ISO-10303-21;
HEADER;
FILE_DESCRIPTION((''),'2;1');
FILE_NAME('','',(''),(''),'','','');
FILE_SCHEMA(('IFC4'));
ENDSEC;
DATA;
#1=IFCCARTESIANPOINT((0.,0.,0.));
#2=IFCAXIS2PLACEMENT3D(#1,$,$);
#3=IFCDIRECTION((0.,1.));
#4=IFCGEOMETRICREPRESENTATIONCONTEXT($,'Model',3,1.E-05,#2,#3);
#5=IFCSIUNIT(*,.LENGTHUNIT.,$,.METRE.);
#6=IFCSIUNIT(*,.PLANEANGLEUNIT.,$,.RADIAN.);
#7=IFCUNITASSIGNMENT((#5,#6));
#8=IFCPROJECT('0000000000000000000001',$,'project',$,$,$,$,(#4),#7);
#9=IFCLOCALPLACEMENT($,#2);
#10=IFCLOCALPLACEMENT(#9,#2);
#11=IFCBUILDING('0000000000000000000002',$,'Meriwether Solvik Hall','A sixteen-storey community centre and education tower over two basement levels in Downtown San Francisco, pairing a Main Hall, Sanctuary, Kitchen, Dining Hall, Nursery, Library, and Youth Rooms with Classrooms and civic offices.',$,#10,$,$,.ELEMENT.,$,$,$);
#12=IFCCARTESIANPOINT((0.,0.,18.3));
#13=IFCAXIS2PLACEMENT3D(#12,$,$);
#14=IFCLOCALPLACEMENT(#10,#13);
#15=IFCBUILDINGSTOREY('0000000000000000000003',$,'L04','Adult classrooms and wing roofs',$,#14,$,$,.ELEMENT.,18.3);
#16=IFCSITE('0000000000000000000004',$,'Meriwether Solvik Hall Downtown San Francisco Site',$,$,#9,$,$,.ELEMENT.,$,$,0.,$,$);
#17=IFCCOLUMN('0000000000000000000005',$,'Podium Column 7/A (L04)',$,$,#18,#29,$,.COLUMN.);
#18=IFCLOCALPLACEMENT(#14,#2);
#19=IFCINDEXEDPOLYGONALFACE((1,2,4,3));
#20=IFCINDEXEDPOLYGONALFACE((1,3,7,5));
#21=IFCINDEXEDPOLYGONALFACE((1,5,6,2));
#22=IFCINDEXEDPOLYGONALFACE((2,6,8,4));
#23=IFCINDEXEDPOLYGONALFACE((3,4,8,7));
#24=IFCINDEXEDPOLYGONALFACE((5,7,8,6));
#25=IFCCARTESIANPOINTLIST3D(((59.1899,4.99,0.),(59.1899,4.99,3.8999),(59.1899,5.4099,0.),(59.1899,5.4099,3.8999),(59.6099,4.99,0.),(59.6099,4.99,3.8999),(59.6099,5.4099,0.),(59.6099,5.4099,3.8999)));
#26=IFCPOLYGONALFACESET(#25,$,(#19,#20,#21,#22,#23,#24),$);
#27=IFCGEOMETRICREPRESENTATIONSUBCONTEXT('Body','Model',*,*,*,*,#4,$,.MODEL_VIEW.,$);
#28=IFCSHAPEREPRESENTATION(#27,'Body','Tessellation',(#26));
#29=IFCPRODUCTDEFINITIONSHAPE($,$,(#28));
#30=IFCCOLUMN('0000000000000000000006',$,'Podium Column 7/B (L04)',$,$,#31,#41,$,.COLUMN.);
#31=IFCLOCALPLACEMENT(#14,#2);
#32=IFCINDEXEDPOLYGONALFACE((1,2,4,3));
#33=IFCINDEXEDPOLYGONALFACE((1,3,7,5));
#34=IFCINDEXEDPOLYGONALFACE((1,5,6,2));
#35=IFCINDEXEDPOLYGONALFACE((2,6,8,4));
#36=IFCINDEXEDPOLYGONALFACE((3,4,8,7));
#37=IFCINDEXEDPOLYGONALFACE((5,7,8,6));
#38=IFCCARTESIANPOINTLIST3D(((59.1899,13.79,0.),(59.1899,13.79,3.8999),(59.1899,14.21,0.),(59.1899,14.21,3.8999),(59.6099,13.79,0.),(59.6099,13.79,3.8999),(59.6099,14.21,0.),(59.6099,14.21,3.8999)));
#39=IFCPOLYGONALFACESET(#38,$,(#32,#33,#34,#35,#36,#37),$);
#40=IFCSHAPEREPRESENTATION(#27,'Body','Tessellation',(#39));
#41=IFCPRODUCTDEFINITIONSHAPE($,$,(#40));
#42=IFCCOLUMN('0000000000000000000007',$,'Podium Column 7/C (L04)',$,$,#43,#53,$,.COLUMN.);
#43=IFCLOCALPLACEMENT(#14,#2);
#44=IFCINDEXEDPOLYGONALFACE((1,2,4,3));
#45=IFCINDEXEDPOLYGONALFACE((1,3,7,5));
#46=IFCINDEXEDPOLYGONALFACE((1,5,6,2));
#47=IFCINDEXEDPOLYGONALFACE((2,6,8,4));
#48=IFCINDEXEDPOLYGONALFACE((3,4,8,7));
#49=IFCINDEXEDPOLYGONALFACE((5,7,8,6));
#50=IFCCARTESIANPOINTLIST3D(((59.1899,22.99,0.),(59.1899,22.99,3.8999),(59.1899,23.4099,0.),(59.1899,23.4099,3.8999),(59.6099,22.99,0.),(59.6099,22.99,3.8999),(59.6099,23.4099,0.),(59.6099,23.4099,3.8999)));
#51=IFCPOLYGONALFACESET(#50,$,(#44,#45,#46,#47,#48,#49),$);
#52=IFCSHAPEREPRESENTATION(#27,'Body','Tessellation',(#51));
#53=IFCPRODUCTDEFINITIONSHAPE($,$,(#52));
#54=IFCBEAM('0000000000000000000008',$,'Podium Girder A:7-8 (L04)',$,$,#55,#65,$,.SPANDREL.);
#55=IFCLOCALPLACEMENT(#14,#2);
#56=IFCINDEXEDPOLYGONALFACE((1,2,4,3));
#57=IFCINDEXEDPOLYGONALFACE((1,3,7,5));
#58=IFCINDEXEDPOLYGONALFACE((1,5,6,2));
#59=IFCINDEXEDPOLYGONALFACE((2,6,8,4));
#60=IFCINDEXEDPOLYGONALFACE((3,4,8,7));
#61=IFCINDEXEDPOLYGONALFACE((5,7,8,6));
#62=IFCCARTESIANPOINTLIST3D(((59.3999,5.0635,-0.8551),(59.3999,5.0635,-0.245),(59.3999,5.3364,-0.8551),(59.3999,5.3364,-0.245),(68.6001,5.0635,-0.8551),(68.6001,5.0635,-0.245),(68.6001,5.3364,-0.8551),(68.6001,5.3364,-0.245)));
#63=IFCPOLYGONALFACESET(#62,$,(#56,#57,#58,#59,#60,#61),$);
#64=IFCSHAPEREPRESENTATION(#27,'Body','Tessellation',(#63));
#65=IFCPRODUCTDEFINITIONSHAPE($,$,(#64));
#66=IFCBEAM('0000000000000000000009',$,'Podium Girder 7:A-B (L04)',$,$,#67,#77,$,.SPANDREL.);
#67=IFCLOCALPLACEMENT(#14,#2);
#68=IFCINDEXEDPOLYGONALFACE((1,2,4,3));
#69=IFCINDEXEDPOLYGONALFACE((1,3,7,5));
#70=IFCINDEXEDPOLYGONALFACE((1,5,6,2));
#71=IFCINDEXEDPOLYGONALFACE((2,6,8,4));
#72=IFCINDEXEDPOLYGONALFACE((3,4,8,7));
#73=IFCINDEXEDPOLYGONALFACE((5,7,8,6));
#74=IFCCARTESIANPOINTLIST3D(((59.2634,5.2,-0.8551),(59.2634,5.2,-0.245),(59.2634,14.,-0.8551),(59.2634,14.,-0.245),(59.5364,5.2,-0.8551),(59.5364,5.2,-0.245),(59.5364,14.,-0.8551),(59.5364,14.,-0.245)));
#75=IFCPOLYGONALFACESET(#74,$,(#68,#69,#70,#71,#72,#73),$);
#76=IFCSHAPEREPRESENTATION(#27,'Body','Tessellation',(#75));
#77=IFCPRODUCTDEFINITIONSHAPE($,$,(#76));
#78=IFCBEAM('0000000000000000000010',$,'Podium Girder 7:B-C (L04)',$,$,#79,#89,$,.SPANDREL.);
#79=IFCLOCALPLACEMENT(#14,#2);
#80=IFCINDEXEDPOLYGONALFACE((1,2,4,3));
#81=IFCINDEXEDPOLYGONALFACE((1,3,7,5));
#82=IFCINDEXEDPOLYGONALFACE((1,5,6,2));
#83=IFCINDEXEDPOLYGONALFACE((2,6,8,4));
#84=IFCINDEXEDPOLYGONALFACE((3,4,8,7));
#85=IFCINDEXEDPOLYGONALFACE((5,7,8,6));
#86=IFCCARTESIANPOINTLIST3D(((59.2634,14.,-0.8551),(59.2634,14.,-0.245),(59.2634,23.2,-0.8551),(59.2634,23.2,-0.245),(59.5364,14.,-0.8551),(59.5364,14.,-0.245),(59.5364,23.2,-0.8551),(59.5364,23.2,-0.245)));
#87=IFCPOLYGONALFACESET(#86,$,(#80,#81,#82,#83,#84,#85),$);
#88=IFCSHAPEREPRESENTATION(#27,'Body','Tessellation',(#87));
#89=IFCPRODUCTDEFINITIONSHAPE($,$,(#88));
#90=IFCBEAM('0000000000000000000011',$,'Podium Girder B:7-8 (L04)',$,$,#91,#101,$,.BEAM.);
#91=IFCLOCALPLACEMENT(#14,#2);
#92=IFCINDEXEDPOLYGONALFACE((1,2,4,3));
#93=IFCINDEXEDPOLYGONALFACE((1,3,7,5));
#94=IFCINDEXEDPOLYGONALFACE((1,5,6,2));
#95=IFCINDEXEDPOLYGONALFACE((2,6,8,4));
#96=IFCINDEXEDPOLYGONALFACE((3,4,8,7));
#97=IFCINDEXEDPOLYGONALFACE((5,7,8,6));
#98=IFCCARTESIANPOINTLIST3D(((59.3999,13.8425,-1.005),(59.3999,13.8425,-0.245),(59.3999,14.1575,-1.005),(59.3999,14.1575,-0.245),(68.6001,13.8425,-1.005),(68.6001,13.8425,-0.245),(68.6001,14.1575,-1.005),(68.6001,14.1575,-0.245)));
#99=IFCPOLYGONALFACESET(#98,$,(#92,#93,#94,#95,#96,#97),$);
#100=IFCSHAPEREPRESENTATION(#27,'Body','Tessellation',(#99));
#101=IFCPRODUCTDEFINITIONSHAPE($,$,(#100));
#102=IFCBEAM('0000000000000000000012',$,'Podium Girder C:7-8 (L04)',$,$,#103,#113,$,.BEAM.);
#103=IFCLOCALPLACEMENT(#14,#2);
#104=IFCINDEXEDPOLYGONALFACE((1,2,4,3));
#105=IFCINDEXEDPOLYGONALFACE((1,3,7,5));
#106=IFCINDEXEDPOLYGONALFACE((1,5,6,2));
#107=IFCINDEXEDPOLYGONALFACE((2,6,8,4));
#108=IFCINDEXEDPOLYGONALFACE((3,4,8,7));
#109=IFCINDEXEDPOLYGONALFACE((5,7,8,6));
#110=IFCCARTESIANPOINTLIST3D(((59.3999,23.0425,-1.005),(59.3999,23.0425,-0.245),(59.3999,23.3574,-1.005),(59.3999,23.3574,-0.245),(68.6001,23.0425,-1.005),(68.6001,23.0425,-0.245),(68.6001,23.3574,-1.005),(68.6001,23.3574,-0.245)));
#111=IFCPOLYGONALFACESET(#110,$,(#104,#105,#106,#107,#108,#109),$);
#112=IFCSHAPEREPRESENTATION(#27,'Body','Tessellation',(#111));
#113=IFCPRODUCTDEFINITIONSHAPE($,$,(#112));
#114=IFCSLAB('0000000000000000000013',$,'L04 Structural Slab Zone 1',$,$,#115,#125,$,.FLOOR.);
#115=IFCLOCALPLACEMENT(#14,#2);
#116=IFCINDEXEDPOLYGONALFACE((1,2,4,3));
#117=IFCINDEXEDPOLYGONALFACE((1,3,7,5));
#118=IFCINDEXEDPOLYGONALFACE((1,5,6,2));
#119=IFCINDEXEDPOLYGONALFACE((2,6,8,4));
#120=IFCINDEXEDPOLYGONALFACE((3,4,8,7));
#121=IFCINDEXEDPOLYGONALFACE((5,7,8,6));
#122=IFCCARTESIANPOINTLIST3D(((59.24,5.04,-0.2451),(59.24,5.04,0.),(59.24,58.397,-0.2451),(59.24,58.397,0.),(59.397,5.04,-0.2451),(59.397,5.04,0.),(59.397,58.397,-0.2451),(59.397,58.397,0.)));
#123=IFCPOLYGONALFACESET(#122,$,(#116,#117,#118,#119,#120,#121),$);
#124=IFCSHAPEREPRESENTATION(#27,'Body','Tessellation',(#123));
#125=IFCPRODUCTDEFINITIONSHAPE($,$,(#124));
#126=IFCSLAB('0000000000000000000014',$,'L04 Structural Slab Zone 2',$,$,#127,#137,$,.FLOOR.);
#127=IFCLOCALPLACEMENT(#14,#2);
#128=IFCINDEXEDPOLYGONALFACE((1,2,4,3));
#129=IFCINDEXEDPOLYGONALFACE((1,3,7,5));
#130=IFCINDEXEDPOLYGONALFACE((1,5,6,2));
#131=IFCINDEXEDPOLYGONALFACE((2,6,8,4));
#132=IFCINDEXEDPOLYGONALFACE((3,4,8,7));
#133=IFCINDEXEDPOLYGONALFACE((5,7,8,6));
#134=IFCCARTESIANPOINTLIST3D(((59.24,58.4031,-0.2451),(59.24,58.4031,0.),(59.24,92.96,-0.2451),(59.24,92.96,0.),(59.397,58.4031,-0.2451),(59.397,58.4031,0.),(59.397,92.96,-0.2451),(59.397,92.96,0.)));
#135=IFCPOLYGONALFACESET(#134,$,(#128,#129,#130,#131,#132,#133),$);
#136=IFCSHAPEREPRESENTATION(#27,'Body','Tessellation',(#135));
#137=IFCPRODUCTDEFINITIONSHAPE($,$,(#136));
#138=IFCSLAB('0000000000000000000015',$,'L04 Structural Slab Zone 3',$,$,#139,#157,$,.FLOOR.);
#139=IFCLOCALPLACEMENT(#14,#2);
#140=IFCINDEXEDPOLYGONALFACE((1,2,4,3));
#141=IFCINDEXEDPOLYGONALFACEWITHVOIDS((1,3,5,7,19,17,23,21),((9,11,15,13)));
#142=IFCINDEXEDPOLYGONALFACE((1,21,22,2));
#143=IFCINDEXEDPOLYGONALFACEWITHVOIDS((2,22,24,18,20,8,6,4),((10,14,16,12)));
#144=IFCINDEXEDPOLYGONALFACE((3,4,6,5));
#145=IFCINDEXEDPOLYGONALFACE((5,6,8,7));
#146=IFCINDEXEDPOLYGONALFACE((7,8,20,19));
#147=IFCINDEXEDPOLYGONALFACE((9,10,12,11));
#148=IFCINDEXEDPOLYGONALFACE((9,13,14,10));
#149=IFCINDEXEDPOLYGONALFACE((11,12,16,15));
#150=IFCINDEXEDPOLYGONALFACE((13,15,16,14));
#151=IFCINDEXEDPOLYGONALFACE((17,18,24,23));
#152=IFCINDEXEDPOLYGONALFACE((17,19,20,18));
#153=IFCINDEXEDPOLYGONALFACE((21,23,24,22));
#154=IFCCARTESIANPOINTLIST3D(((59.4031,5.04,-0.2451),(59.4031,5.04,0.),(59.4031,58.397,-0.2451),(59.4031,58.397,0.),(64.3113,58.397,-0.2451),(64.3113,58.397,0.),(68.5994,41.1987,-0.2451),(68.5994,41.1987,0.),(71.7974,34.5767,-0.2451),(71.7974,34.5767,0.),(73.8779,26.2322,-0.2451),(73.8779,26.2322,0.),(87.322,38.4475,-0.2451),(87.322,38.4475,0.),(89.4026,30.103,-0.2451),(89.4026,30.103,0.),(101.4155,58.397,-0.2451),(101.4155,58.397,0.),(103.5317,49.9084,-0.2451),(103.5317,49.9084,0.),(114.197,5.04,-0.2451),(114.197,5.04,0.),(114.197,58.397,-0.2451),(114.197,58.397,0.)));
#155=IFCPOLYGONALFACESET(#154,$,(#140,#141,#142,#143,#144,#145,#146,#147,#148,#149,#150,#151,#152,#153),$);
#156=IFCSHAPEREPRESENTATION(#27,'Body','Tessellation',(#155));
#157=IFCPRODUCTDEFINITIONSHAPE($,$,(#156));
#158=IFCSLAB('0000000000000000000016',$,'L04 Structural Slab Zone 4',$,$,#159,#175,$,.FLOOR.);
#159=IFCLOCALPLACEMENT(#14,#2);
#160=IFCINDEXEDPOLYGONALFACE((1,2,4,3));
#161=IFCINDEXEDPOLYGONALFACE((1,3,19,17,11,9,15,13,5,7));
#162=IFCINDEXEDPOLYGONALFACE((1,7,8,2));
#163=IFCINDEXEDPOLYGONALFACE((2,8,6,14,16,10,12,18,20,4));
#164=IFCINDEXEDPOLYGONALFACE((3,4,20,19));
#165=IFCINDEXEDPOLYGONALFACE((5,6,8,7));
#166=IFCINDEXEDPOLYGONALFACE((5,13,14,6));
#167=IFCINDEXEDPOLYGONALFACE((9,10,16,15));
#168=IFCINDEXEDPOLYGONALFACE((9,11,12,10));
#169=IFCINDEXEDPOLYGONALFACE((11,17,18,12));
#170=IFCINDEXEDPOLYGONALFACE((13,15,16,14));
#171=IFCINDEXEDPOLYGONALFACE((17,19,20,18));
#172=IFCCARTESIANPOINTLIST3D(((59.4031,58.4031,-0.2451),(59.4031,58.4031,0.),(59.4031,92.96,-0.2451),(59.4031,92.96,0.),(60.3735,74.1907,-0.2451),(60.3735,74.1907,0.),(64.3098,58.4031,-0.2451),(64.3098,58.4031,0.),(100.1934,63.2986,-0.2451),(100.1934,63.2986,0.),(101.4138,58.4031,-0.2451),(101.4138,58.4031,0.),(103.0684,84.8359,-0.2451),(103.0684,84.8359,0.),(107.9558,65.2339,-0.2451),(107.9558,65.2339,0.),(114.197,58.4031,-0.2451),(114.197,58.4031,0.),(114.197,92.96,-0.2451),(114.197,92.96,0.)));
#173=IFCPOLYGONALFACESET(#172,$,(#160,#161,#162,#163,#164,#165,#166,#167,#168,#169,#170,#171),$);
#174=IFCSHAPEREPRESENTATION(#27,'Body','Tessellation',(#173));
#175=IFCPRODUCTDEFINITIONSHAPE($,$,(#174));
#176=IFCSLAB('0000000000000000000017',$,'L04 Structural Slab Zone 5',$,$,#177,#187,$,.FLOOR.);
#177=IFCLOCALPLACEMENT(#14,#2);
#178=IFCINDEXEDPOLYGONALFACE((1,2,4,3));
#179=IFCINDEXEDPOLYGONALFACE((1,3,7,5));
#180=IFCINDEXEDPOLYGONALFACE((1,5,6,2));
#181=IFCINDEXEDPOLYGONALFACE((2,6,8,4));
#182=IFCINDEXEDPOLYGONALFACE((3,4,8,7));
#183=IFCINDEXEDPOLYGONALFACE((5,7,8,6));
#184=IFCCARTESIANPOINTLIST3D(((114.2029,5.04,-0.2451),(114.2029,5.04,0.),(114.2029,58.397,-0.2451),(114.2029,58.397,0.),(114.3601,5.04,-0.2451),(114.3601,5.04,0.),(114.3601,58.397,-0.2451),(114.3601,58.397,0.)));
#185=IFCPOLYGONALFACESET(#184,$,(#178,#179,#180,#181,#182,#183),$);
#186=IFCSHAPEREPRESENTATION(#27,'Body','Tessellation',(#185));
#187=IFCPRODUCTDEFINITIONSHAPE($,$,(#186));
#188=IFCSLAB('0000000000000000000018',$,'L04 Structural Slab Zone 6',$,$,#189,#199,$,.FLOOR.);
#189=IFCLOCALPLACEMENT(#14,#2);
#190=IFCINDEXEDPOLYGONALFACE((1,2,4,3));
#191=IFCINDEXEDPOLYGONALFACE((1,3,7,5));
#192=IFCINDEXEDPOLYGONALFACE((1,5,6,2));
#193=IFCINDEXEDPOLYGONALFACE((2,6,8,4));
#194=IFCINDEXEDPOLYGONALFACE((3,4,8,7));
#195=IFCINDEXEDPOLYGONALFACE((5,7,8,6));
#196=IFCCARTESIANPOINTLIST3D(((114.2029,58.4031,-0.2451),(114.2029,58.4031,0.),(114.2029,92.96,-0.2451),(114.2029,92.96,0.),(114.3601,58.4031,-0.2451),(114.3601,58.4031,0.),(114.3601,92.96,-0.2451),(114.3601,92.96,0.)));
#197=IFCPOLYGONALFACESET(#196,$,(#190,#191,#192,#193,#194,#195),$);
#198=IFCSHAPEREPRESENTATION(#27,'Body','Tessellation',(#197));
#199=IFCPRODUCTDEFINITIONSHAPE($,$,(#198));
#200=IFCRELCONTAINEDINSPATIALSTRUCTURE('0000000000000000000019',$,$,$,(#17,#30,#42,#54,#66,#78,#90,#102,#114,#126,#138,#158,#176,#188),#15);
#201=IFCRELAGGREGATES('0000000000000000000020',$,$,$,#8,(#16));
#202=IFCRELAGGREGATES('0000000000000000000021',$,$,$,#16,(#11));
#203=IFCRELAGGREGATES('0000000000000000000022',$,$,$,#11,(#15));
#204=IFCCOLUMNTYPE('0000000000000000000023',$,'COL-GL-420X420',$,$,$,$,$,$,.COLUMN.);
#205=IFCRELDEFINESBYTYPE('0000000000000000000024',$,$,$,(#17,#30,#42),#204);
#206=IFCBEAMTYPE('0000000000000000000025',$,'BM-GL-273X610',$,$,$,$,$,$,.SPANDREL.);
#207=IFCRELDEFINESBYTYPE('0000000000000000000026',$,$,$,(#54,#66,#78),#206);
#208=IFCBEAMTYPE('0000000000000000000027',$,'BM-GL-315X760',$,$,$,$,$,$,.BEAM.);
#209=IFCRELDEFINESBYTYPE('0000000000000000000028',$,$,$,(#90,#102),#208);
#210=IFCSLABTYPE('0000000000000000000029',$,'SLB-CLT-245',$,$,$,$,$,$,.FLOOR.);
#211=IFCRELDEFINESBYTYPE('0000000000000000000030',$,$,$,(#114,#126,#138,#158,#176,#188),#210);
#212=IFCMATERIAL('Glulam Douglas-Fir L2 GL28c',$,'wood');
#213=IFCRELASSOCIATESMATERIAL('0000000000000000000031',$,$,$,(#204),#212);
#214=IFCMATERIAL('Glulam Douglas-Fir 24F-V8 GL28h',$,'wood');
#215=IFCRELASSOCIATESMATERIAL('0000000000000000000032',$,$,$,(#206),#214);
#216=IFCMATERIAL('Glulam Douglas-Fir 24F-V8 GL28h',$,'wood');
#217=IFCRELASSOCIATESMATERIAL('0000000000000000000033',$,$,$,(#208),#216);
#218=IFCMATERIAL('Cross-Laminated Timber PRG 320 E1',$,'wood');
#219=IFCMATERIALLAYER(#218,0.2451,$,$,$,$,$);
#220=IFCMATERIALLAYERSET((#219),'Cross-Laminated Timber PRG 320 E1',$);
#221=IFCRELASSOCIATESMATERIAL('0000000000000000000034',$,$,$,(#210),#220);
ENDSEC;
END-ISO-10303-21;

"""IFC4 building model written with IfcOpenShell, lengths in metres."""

from ifc_helpers import new_model, si_unit, direction, frame, origin, origin_2d, place, context, subcontext, project, spatial, polyline, rectangle, outline, extrude, material, layer, layer_set, material_profile, profile_set, type_object, element, save


model = new_model("IFC4")

# Units and contexts
model_context = context("Model", 3, precision=1e-05, world=origin(), true_north=direction((0.0, 1.0)))
body_context = subcontext(model_context, "Body", "Model", "MODEL_VIEW")
ifc_project = project(units=[si_unit("LENGTHUNIT", "METRE"), si_unit("PLANEANGLEUNIT", "RADIAN")], contexts=[model_context])

# Site, building, storey
site_placement = place(None, origin())
site = spatial("IfcSite", under=ifc_project, at=site_placement, Name="Meriwether Solvik Hall Downtown San Francisco Site", CompositionType="ELEMENT", RefElevation=0.0)
building_placement = place(site_placement, origin())
building = spatial("IfcBuilding", under=site, at=building_placement, Name="Meriwether Solvik Hall", Description="A sixteen-storey community centre and education tower over two basement levels in Downtown San Francisco, pairing a Main Hall, Sanctuary, Kitchen, Dining Hall, Nursery, Library, and Youth Rooms with Classrooms and civic offices.", CompositionType="ELEMENT")
storey_placement = place(building_placement, frame((0.0, 0.0, 18.3)))
storey = spatial("IfcBuildingStorey", under=building, at=storey_placement, Name="L04", Description="Adult classrooms and wing roofs", CompositionType="ELEMENT", Elevation=18.3)

# Columns
ifc_material_1 = material(Name="Glulam Douglas-Fir L2 GL28c", Category="wood")
ifc_material_profile_1 = material_profile(ifc_material_1, rectangle(XDim=0.4199, YDim=0.4199, at=origin_2d()), Name="GLC-420X420")
ifc_profile_set_1 = profile_set([ifc_material_profile_1], Name="Glulam Douglas-Fir L2 GL28c")
column_type = type_object("IfcColumnType", Name="COL-GL-420X420", PredefinedType="COLUMN", material=ifc_profile_set_1)
for number, where, z_axis, x_axis, name in (
    (1, (59.3999, 5.2, 0.0), (0.0, 0.0, 1.0), (1.0, 0.0, 0.0), "Podium Column 7/A (L04)"),
    (2, (59.3999, 14.0, 0.0), (0.0, 0.0, 1.0), (1.0, 0.0, 0.0), "Podium Column 7/B (L04)"),
    (3, (59.3999, 23.2, 0.0), (0.0, 0.0, 1.0), (1.0, 0.0, 0.0), "Podium Column 7/C (L04)"),
):
    element("IfcColumn", number, at=place(storey_placement, frame(where, z_axis=z_axis, x_axis=x_axis)), inside=storey, type_object=column_type, Name=name, PredefinedType="COLUMN", context=body_context, shape_type="SweptSolid", body=[
        extrude(rectangle(XDim=0.4199, YDim=0.4199, at=origin_2d()), origin(), (0.0, 0.0, 1.0), 3.8999),
    ])

# Beams
ifc_material_2 = material(Name="Glulam Douglas-Fir 24F-V8 GL28h", Category="wood")
ifc_material_profile_2 = material_profile(ifc_material_2, rectangle(XDim=0.2729, YDim=0.6101, at=origin_2d()), Name="GLB-273X610")
ifc_profile_set_2 = profile_set([ifc_material_profile_2], Name="Glulam Douglas-Fir 24F-V8 GL28h")
beam_type_1 = type_object("IfcBeamType", Name="BM-GL-273X610", PredefinedType="SPANDREL", material=ifc_profile_set_2)
beam_1_placement = place(storey_placement, frame((59.3999, 5.2, -0.55), z_axis=(1.0, 0.0, 0.0), x_axis=(0.0, 1.0, 0.0)))
element("IfcBeam", 4, at=beam_1_placement, inside=storey, type_object=beam_type_1, Name="Podium Girder A:7-8 (L04)", PredefinedType="SPANDREL", context=body_context, shape_type="SweptSolid", body=[
    extrude(rectangle(XDim=0.2729, YDim=0.6101, at=origin_2d()), origin(), (0.0, 0.0, 1.0), 9.2002),
])
beam_2_placement = place(storey_placement, frame((59.3999, 5.2, -0.55), z_axis=(0.0, 1.0, 0.0), x_axis=(-1.0, 0.0, 0.0)))
element("IfcBeam", 5, at=beam_2_placement, inside=storey, type_object=beam_type_1, Name="Podium Girder 7:A-B (L04)", PredefinedType="SPANDREL", context=body_context, shape_type="SweptSolid", body=[
    extrude(rectangle(XDim=0.2729, YDim=0.6101, at=origin_2d()), origin(), (0.0, 0.0, 1.0), 8.8),
])
beam_3_placement = place(storey_placement, frame((59.3999, 14.0, -0.55), z_axis=(0.0, 1.0, 0.0), x_axis=(-1.0, 0.0, 0.0)))
element("IfcBeam", 6, at=beam_3_placement, inside=storey, type_object=beam_type_1, Name="Podium Girder 7:B-C (L04)", PredefinedType="SPANDREL", context=body_context, shape_type="SweptSolid", body=[
    extrude(rectangle(XDim=0.2729, YDim=0.6101, at=origin_2d()), origin(), (0.0, 0.0, 1.0), 9.2),
])
ifc_material_3 = material(Name="Glulam Douglas-Fir 24F-V8 GL28h", Category="wood")
ifc_material_profile_3 = material_profile(ifc_material_3, rectangle(XDim=0.3149, YDim=0.76, at=origin_2d()), Name="GLB-315X760")
ifc_profile_set_3 = profile_set([ifc_material_profile_3], Name="Glulam Douglas-Fir 24F-V8 GL28h")
beam_type_2 = type_object("IfcBeamType", Name="BM-GL-315X760", PredefinedType="BEAM", material=ifc_profile_set_3)
for number, where, z_axis, x_axis, name in (
    (7, (59.3999, 14.0, -0.625), (1.0, 0.0, 0.0), (0.0, 1.0, 0.0), "Podium Girder B:7-8 (L04)"),
    (8, (59.3999, 23.2, -0.625), (1.0, 0.0, 0.0), (0.0, 1.0, 0.0), "Podium Girder C:7-8 (L04)"),
):
    element("IfcBeam", number, at=place(storey_placement, frame(where, z_axis=z_axis, x_axis=x_axis)), inside=storey, type_object=beam_type_2, Name=name, PredefinedType="BEAM", context=body_context, shape_type="SweptSolid", body=[
        extrude(rectangle(XDim=0.3149, YDim=0.76, at=origin_2d()), origin(), (0.0, 0.0, 1.0), 9.2002),
    ])

# Slabs
ifc_material_4 = material(Name="Cross-Laminated Timber PRG 320 E1", Category="wood")
ifc_layer_1 = layer(ifc_material_4, 0.2451)
ifc_layer_set_1 = layer_set([ifc_layer_1], Name="Cross-Laminated Timber PRG 320 E1")
slab_type_1 = type_object("IfcSlabType", Name="SLB-CLT-245", PredefinedType="FLOOR", material=ifc_layer_set_1)
slab_1_placement = place(storey_placement, frame((0.0, 0.0, -0.2451)))
element("IfcSlab", 9, at=slab_1_placement, inside=storey, type_object=slab_type_1, Name="L04 Structural Slab Zone 1", PredefinedType="FLOOR", context=body_context, shape_type="SweptSolid", body=[
    extrude(outline(polyline([(59.397, 5.04), (59.24, 5.04), (59.24, 58.397), (59.397, 58.397), (59.397, 5.04)])), origin(), (0.0, 0.0, 1.0), 0.2451),
])
slab_2_placement = place(storey_placement, frame((0.0, 0.0, -0.2451)))
element("IfcSlab", 10, at=slab_2_placement, inside=storey, type_object=slab_type_1, Name="L04 Structural Slab Zone 2", PredefinedType="FLOOR", context=body_context, shape_type="SweptSolid", body=[
    extrude(outline(polyline([(59.24, 58.4031), (59.24, 92.96), (59.397, 92.96), (59.397, 58.4031), (59.24, 58.4031)])), origin(), (0.0, 0.0, 1.0), 0.2451),
])
slab_3_placement = place(storey_placement, frame((0.0, 0.0, -0.2451)))
element("IfcSlab", 11, at=slab_3_placement, inside=storey, type_object=slab_type_1, Name="L04 Structural Slab Zone 3", PredefinedType="FLOOR", context=body_context, shape_type="SweptSolid", body=[
    extrude(outline(polyline([(114.197, 5.04), (59.4031, 5.04), (59.4031, 58.397), (64.3113, 58.397), (68.5994, 41.1987), (103.5317, 49.9084), (101.4155, 58.397), (114.197, 58.397), (114.197, 5.04)]), holes=[polyline([(87.322, 38.4475), (71.7974, 34.5767), (73.8779, 26.2322), (89.4026, 30.103), (87.322, 38.4475)])]), origin(), (0.0, 0.0, 1.0), 0.2451),
])
slab_4_placement = place(storey_placement, frame((0.0, 0.0, -0.2451)))
element("IfcSlab", 12, at=slab_4_placement, inside=storey, type_object=slab_type_1, Name="L04 Structural Slab Zone 4", PredefinedType="FLOOR", context=body_context, shape_type="SweptSolid", body=[
    extrude(outline(polyline([(101.4138, 58.4031), (100.1934, 63.2986), (107.9558, 65.2339), (103.0684, 84.8359), (60.3735, 74.1907), (64.3098, 58.4031), (59.4031, 58.4031), (59.4031, 92.96), (114.197, 92.96), (114.197, 58.4031), (101.4138, 58.4031)])), origin(), (0.0, 0.0, 1.0), 0.2451),
])
slab_5_placement = place(storey_placement, frame((0.0, 0.0, -0.2451)))
element("IfcSlab", 13, at=slab_5_placement, inside=storey, type_object=slab_type_1, Name="L04 Structural Slab Zone 5", PredefinedType="FLOOR", context=body_context, shape_type="SweptSolid", body=[
    extrude(outline(polyline([(114.3601, 58.397), (114.3601, 5.04), (114.2029, 5.04), (114.2029, 58.397), (114.3601, 58.397)])), origin(), (0.0, 0.0, 1.0), 0.2451),
])
slab_6_placement = place(storey_placement, frame((0.0, 0.0, -0.2451)))
element("IfcSlab", 14, at=slab_6_placement, inside=storey, type_object=slab_type_1, Name="L04 Structural Slab Zone 6", PredefinedType="FLOOR", context=body_context, shape_type="SweptSolid", body=[
    extrude(outline(polyline([(114.2029, 92.96), (114.3601, 92.96), (114.3601, 58.4031), (114.2029, 58.4031), (114.2029, 92.96)])), origin(), (0.0, 0.0, 1.0), 0.2451),
])

save(model, "model.ifc")
